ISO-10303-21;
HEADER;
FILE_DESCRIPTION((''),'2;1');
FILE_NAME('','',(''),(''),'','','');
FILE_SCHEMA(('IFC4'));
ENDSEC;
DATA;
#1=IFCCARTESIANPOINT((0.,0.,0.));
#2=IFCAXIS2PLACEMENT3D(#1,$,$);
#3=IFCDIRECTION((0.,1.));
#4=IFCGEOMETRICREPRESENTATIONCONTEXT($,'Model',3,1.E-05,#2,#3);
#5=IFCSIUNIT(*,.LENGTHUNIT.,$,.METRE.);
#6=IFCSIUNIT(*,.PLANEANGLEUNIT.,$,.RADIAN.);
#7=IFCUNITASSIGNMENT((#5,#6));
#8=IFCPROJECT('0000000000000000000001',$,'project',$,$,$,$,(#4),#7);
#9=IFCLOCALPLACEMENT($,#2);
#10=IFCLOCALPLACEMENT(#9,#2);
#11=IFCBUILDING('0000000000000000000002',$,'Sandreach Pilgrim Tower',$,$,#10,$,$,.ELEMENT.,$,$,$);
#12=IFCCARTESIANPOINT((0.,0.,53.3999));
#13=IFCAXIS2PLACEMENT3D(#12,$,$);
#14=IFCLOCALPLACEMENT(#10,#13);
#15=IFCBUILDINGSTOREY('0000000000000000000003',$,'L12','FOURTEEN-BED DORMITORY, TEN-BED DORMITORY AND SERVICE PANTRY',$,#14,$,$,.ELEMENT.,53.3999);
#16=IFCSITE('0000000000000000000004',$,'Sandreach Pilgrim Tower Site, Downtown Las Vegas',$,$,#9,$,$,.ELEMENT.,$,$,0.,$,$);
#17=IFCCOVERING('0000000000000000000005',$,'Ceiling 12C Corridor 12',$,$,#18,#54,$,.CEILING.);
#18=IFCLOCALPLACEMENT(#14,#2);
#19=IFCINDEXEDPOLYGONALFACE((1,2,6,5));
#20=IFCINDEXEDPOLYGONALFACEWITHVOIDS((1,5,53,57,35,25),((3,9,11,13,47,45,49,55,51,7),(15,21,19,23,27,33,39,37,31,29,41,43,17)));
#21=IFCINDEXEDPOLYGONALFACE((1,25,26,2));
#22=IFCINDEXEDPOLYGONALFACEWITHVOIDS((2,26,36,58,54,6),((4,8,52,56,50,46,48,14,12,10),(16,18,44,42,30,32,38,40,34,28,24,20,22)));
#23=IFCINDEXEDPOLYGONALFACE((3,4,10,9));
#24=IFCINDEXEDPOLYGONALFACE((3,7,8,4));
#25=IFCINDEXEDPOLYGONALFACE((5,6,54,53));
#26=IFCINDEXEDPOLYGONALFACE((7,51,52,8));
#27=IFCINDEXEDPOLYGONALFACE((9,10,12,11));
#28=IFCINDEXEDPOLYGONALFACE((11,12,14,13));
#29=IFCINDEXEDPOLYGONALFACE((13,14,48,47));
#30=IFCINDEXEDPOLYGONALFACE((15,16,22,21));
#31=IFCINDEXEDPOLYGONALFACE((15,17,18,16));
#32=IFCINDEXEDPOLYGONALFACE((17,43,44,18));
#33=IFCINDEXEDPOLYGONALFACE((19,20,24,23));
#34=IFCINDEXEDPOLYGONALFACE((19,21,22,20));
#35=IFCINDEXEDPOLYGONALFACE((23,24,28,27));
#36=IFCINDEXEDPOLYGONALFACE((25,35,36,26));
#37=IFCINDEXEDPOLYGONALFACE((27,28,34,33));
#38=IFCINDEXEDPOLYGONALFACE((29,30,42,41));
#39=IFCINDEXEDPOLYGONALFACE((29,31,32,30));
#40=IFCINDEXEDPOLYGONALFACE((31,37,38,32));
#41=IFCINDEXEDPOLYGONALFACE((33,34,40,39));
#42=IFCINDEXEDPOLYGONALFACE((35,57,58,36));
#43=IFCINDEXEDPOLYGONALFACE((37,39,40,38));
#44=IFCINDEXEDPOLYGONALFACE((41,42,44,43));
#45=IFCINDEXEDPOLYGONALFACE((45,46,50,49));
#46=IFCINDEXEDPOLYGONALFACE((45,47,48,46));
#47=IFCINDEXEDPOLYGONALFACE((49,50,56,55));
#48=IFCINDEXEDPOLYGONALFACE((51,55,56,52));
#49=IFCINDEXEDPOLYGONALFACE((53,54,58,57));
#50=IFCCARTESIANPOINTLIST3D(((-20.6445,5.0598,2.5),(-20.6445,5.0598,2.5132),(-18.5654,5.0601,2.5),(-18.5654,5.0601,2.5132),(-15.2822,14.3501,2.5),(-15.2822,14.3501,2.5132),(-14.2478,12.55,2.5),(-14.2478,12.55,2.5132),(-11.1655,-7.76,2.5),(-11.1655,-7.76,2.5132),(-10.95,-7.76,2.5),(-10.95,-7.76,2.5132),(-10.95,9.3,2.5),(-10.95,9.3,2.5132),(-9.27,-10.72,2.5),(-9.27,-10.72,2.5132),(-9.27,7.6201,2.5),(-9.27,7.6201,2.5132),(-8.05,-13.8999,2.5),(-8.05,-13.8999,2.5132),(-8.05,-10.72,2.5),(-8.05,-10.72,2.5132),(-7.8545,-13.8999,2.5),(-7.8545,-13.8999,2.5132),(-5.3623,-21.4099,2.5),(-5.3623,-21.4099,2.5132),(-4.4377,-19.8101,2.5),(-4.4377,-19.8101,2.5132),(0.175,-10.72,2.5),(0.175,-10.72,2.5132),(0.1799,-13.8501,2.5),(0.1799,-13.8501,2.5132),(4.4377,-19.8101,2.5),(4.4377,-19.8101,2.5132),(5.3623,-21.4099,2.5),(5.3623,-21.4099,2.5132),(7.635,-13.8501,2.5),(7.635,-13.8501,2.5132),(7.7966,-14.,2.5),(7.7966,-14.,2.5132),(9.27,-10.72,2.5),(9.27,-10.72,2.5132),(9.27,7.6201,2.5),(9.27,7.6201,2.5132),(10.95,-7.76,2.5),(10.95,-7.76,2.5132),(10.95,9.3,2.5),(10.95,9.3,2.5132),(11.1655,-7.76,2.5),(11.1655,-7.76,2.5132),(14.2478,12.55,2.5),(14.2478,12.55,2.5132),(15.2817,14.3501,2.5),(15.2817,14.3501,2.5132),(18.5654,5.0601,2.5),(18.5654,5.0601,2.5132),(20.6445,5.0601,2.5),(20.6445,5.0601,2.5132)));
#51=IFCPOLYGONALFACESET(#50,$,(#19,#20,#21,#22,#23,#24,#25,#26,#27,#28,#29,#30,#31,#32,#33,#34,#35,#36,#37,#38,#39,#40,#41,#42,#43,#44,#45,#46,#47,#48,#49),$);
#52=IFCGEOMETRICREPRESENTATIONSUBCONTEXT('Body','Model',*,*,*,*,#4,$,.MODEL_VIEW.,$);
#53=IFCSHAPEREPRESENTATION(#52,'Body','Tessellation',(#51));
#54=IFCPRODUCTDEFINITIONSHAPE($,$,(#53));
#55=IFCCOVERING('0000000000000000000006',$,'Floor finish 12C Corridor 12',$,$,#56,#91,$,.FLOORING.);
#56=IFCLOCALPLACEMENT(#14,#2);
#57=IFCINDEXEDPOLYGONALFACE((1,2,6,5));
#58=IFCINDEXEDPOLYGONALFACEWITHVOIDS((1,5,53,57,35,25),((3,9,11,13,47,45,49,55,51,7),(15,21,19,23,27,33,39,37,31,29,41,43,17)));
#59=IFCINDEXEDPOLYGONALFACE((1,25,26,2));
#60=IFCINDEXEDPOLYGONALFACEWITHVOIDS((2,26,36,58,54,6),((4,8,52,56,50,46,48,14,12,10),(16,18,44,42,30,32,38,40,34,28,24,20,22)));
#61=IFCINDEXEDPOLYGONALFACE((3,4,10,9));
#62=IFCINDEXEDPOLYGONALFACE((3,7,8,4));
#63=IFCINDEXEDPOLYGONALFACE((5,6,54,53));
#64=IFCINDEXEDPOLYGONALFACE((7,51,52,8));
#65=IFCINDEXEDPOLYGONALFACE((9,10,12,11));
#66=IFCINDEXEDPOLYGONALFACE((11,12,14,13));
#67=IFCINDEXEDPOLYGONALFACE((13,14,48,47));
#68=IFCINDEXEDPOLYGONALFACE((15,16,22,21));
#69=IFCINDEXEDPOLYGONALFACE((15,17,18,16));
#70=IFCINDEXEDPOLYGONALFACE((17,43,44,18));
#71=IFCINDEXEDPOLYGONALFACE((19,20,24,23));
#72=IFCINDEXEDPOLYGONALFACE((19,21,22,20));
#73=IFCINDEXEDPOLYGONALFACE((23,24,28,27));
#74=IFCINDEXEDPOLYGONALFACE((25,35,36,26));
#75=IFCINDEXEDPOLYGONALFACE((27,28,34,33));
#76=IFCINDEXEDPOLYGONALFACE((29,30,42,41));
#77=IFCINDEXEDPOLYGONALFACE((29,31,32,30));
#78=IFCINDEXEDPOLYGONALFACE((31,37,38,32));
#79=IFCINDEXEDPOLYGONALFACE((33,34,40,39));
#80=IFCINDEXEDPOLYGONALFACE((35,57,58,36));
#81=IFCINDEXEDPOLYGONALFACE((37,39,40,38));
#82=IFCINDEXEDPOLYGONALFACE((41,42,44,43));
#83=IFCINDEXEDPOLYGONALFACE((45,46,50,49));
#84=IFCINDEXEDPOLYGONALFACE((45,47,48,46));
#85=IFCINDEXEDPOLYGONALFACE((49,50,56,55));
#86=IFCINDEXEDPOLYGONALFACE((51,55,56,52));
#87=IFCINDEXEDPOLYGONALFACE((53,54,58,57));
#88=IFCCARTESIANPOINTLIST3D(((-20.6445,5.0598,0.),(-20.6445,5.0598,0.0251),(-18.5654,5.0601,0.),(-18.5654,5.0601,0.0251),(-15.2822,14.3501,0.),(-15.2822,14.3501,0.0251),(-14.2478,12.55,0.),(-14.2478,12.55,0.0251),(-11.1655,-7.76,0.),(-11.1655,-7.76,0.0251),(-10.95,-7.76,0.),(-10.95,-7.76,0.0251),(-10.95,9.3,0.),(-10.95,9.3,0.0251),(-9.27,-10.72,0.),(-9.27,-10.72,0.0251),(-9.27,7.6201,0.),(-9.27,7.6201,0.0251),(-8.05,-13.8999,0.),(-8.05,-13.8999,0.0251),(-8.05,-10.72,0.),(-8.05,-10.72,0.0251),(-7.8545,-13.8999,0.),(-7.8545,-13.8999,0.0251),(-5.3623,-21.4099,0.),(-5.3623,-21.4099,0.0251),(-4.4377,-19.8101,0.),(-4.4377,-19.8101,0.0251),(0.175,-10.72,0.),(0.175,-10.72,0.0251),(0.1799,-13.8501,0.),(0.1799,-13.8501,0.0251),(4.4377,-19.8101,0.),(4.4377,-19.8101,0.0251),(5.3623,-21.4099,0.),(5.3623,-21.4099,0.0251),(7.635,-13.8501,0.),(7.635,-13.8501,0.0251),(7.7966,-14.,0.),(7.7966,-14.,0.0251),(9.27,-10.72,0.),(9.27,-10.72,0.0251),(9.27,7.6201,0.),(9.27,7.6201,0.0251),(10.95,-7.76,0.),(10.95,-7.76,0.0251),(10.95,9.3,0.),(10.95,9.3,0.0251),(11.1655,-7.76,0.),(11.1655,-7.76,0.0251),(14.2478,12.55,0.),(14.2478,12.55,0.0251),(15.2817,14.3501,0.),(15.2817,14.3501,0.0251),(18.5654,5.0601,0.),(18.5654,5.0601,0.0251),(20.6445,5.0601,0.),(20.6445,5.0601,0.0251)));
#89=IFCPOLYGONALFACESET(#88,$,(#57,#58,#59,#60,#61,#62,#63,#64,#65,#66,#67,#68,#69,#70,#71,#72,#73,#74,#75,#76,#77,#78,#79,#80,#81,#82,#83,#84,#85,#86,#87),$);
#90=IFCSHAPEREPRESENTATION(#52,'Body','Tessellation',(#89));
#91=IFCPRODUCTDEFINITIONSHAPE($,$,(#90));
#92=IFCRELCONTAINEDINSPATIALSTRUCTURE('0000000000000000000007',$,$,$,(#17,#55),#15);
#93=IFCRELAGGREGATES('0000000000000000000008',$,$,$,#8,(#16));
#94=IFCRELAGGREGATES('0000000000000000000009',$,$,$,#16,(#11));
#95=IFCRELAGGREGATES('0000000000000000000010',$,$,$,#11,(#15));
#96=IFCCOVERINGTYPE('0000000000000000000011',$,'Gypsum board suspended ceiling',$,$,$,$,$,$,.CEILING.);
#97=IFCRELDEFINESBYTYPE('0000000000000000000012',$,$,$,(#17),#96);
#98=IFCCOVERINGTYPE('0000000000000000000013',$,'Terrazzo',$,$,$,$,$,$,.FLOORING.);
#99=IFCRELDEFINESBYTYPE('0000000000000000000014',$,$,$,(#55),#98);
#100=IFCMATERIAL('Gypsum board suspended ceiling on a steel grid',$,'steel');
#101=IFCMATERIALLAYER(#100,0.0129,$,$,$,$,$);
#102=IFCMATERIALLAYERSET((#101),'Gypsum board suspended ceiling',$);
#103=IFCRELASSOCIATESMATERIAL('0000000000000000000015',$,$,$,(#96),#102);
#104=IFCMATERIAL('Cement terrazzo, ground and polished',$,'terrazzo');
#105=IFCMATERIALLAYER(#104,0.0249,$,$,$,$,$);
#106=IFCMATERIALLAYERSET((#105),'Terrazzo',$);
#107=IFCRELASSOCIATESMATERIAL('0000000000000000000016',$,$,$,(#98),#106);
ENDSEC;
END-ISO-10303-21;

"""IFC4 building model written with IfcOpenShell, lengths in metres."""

from ifc_helpers import new_model, si_unit, direction, frame, origin, place, context, subcontext, project, spatial, polyline, outline, extrude, material, layer, layer_set, type_object, element, save


model = new_model("IFC4")

# Units and contexts
model_context = context("Model", 3, precision=1e-05, world=origin(), true_north=direction((0.0, 1.0)))
body_context = subcontext(model_context, "Body", "Model", "MODEL_VIEW")
ifc_project = project(units=[si_unit("LENGTHUNIT", "METRE"), si_unit("PLANEANGLEUNIT", "RADIAN")], contexts=[model_context])

# Site, building, storey
site_placement = place(None, origin())
site = spatial("IfcSite", under=ifc_project, at=site_placement, Name="Sandreach Pilgrim Tower Site, Downtown Las Vegas", CompositionType="ELEMENT", RefElevation=0.0)
building_placement = place(site_placement, origin())
building = spatial("IfcBuilding", under=site, at=building_placement, Name="Sandreach Pilgrim Tower", CompositionType="ELEMENT")
storey_placement = place(building_placement, frame((0.0, 0.0, 53.3999)))
storey = spatial("IfcBuildingStorey", under=building, at=storey_placement, Name="L12", Description="FOURTEEN-BED DORMITORY, TEN-BED DORMITORY AND SERVICE PANTRY", CompositionType="ELEMENT", Elevation=53.3999)

# Coverings
ifc_material_1 = material(Name="Gypsum board suspended ceiling on a steel grid", Category="steel")
ifc_layer_1 = layer(ifc_material_1, 0.0129)
ifc_layer_set_1 = layer_set([ifc_layer_1], Name="Gypsum board suspended ceiling")
covering_type_1 = type_object("IfcCoveringType", Name="Gypsum board suspended ceiling", PredefinedType="CEILING", material=ifc_layer_set_1)
covering_1_placement = place(storey_placement, frame((0.0, 0.0, 2.5)))
element("IfcCovering", 1, at=covering_1_placement, inside=storey, type_object=covering_type_1, Name="Ceiling 12C Corridor 12", PredefinedType="CEILING", context=body_context, shape_type="SweptSolid", body=[
    extrude(outline(polyline([(-5.3623, -21.4099), (-20.6445, 5.0598), (-15.2822, 14.3501), (15.2817, 14.3501), (20.6445, 5.0601), (5.3623, -21.4099), (-5.3623, -21.4099)]), holes=[polyline([(-11.1655, -7.76), (-10.95, -7.76), (-10.95, 9.3), (10.95, 9.3), (10.95, -7.76), (11.1655, -7.76), (18.5654, 5.0601), (14.2478, 12.55), (-14.2478, 12.55), (-18.5654, 5.0601), (-11.1655, -7.76)]), polyline([(-8.05, -10.72), (-8.05, -13.8999), (-7.8545, -13.8999), (-4.4377, -19.8101), (4.4377, -19.8101), (7.7966, -14.0), (7.635, -13.8501), (0.1799, -13.8501), (0.175, -10.72), (9.27, -10.72), (9.27, 7.6201), (-9.27, 7.6201), (-9.27, -10.72), (-8.05, -10.72)])]), origin(), (0.0, 0.0, 1.0), 0.0132),
])
ifc_material_2 = material(Name="Cement terrazzo, ground and polished", Category="terrazzo")
ifc_layer_2 = layer(ifc_material_2, 0.0249)
ifc_layer_set_2 = layer_set([ifc_layer_2], Name="Terrazzo")
covering_type_2 = type_object("IfcCoveringType", Name="Terrazzo", PredefinedType="FLOORING", material=ifc_layer_set_2)
covering_2_placement = place(storey_placement, origin())
element("IfcCovering", 2, at=covering_2_placement, inside=storey, type_object=covering_type_2, Name="Floor finish 12C Corridor 12", PredefinedType="FLOORING", context=body_context, shape_type="SweptSolid", body=[
    extrude(outline(polyline([(-5.3623, -21.4099), (-20.6445, 5.0598), (-15.2822, 14.3501), (15.2817, 14.3501), (20.6445, 5.0601), (5.3623, -21.4099), (-5.3623, -21.4099)]), holes=[polyline([(-11.1655, -7.76), (-10.95, -7.76), (-10.95, 9.3), (10.95, 9.3), (10.95, -7.76), (11.1655, -7.76), (18.5654, 5.0601), (14.2478, 12.55), (-14.2478, 12.55), (-18.5654, 5.0601), (-11.1655, -7.76)]), polyline([(-8.05, -10.72), (-8.05, -13.8999), (-7.8545, -13.8999), (-4.4377, -19.8101), (4.4377, -19.8101), (7.7966, -14.0), (7.635, -13.8501), (0.1799, -13.8501), (0.175, -10.72), (9.27, -10.72), (9.27, 7.6201), (-9.27, 7.6201), (-9.27, -10.72), (-8.05, -10.72)])]), origin(), (0.0, 0.0, 1.0), 0.0251),
])

save(model, "model.ifc")
